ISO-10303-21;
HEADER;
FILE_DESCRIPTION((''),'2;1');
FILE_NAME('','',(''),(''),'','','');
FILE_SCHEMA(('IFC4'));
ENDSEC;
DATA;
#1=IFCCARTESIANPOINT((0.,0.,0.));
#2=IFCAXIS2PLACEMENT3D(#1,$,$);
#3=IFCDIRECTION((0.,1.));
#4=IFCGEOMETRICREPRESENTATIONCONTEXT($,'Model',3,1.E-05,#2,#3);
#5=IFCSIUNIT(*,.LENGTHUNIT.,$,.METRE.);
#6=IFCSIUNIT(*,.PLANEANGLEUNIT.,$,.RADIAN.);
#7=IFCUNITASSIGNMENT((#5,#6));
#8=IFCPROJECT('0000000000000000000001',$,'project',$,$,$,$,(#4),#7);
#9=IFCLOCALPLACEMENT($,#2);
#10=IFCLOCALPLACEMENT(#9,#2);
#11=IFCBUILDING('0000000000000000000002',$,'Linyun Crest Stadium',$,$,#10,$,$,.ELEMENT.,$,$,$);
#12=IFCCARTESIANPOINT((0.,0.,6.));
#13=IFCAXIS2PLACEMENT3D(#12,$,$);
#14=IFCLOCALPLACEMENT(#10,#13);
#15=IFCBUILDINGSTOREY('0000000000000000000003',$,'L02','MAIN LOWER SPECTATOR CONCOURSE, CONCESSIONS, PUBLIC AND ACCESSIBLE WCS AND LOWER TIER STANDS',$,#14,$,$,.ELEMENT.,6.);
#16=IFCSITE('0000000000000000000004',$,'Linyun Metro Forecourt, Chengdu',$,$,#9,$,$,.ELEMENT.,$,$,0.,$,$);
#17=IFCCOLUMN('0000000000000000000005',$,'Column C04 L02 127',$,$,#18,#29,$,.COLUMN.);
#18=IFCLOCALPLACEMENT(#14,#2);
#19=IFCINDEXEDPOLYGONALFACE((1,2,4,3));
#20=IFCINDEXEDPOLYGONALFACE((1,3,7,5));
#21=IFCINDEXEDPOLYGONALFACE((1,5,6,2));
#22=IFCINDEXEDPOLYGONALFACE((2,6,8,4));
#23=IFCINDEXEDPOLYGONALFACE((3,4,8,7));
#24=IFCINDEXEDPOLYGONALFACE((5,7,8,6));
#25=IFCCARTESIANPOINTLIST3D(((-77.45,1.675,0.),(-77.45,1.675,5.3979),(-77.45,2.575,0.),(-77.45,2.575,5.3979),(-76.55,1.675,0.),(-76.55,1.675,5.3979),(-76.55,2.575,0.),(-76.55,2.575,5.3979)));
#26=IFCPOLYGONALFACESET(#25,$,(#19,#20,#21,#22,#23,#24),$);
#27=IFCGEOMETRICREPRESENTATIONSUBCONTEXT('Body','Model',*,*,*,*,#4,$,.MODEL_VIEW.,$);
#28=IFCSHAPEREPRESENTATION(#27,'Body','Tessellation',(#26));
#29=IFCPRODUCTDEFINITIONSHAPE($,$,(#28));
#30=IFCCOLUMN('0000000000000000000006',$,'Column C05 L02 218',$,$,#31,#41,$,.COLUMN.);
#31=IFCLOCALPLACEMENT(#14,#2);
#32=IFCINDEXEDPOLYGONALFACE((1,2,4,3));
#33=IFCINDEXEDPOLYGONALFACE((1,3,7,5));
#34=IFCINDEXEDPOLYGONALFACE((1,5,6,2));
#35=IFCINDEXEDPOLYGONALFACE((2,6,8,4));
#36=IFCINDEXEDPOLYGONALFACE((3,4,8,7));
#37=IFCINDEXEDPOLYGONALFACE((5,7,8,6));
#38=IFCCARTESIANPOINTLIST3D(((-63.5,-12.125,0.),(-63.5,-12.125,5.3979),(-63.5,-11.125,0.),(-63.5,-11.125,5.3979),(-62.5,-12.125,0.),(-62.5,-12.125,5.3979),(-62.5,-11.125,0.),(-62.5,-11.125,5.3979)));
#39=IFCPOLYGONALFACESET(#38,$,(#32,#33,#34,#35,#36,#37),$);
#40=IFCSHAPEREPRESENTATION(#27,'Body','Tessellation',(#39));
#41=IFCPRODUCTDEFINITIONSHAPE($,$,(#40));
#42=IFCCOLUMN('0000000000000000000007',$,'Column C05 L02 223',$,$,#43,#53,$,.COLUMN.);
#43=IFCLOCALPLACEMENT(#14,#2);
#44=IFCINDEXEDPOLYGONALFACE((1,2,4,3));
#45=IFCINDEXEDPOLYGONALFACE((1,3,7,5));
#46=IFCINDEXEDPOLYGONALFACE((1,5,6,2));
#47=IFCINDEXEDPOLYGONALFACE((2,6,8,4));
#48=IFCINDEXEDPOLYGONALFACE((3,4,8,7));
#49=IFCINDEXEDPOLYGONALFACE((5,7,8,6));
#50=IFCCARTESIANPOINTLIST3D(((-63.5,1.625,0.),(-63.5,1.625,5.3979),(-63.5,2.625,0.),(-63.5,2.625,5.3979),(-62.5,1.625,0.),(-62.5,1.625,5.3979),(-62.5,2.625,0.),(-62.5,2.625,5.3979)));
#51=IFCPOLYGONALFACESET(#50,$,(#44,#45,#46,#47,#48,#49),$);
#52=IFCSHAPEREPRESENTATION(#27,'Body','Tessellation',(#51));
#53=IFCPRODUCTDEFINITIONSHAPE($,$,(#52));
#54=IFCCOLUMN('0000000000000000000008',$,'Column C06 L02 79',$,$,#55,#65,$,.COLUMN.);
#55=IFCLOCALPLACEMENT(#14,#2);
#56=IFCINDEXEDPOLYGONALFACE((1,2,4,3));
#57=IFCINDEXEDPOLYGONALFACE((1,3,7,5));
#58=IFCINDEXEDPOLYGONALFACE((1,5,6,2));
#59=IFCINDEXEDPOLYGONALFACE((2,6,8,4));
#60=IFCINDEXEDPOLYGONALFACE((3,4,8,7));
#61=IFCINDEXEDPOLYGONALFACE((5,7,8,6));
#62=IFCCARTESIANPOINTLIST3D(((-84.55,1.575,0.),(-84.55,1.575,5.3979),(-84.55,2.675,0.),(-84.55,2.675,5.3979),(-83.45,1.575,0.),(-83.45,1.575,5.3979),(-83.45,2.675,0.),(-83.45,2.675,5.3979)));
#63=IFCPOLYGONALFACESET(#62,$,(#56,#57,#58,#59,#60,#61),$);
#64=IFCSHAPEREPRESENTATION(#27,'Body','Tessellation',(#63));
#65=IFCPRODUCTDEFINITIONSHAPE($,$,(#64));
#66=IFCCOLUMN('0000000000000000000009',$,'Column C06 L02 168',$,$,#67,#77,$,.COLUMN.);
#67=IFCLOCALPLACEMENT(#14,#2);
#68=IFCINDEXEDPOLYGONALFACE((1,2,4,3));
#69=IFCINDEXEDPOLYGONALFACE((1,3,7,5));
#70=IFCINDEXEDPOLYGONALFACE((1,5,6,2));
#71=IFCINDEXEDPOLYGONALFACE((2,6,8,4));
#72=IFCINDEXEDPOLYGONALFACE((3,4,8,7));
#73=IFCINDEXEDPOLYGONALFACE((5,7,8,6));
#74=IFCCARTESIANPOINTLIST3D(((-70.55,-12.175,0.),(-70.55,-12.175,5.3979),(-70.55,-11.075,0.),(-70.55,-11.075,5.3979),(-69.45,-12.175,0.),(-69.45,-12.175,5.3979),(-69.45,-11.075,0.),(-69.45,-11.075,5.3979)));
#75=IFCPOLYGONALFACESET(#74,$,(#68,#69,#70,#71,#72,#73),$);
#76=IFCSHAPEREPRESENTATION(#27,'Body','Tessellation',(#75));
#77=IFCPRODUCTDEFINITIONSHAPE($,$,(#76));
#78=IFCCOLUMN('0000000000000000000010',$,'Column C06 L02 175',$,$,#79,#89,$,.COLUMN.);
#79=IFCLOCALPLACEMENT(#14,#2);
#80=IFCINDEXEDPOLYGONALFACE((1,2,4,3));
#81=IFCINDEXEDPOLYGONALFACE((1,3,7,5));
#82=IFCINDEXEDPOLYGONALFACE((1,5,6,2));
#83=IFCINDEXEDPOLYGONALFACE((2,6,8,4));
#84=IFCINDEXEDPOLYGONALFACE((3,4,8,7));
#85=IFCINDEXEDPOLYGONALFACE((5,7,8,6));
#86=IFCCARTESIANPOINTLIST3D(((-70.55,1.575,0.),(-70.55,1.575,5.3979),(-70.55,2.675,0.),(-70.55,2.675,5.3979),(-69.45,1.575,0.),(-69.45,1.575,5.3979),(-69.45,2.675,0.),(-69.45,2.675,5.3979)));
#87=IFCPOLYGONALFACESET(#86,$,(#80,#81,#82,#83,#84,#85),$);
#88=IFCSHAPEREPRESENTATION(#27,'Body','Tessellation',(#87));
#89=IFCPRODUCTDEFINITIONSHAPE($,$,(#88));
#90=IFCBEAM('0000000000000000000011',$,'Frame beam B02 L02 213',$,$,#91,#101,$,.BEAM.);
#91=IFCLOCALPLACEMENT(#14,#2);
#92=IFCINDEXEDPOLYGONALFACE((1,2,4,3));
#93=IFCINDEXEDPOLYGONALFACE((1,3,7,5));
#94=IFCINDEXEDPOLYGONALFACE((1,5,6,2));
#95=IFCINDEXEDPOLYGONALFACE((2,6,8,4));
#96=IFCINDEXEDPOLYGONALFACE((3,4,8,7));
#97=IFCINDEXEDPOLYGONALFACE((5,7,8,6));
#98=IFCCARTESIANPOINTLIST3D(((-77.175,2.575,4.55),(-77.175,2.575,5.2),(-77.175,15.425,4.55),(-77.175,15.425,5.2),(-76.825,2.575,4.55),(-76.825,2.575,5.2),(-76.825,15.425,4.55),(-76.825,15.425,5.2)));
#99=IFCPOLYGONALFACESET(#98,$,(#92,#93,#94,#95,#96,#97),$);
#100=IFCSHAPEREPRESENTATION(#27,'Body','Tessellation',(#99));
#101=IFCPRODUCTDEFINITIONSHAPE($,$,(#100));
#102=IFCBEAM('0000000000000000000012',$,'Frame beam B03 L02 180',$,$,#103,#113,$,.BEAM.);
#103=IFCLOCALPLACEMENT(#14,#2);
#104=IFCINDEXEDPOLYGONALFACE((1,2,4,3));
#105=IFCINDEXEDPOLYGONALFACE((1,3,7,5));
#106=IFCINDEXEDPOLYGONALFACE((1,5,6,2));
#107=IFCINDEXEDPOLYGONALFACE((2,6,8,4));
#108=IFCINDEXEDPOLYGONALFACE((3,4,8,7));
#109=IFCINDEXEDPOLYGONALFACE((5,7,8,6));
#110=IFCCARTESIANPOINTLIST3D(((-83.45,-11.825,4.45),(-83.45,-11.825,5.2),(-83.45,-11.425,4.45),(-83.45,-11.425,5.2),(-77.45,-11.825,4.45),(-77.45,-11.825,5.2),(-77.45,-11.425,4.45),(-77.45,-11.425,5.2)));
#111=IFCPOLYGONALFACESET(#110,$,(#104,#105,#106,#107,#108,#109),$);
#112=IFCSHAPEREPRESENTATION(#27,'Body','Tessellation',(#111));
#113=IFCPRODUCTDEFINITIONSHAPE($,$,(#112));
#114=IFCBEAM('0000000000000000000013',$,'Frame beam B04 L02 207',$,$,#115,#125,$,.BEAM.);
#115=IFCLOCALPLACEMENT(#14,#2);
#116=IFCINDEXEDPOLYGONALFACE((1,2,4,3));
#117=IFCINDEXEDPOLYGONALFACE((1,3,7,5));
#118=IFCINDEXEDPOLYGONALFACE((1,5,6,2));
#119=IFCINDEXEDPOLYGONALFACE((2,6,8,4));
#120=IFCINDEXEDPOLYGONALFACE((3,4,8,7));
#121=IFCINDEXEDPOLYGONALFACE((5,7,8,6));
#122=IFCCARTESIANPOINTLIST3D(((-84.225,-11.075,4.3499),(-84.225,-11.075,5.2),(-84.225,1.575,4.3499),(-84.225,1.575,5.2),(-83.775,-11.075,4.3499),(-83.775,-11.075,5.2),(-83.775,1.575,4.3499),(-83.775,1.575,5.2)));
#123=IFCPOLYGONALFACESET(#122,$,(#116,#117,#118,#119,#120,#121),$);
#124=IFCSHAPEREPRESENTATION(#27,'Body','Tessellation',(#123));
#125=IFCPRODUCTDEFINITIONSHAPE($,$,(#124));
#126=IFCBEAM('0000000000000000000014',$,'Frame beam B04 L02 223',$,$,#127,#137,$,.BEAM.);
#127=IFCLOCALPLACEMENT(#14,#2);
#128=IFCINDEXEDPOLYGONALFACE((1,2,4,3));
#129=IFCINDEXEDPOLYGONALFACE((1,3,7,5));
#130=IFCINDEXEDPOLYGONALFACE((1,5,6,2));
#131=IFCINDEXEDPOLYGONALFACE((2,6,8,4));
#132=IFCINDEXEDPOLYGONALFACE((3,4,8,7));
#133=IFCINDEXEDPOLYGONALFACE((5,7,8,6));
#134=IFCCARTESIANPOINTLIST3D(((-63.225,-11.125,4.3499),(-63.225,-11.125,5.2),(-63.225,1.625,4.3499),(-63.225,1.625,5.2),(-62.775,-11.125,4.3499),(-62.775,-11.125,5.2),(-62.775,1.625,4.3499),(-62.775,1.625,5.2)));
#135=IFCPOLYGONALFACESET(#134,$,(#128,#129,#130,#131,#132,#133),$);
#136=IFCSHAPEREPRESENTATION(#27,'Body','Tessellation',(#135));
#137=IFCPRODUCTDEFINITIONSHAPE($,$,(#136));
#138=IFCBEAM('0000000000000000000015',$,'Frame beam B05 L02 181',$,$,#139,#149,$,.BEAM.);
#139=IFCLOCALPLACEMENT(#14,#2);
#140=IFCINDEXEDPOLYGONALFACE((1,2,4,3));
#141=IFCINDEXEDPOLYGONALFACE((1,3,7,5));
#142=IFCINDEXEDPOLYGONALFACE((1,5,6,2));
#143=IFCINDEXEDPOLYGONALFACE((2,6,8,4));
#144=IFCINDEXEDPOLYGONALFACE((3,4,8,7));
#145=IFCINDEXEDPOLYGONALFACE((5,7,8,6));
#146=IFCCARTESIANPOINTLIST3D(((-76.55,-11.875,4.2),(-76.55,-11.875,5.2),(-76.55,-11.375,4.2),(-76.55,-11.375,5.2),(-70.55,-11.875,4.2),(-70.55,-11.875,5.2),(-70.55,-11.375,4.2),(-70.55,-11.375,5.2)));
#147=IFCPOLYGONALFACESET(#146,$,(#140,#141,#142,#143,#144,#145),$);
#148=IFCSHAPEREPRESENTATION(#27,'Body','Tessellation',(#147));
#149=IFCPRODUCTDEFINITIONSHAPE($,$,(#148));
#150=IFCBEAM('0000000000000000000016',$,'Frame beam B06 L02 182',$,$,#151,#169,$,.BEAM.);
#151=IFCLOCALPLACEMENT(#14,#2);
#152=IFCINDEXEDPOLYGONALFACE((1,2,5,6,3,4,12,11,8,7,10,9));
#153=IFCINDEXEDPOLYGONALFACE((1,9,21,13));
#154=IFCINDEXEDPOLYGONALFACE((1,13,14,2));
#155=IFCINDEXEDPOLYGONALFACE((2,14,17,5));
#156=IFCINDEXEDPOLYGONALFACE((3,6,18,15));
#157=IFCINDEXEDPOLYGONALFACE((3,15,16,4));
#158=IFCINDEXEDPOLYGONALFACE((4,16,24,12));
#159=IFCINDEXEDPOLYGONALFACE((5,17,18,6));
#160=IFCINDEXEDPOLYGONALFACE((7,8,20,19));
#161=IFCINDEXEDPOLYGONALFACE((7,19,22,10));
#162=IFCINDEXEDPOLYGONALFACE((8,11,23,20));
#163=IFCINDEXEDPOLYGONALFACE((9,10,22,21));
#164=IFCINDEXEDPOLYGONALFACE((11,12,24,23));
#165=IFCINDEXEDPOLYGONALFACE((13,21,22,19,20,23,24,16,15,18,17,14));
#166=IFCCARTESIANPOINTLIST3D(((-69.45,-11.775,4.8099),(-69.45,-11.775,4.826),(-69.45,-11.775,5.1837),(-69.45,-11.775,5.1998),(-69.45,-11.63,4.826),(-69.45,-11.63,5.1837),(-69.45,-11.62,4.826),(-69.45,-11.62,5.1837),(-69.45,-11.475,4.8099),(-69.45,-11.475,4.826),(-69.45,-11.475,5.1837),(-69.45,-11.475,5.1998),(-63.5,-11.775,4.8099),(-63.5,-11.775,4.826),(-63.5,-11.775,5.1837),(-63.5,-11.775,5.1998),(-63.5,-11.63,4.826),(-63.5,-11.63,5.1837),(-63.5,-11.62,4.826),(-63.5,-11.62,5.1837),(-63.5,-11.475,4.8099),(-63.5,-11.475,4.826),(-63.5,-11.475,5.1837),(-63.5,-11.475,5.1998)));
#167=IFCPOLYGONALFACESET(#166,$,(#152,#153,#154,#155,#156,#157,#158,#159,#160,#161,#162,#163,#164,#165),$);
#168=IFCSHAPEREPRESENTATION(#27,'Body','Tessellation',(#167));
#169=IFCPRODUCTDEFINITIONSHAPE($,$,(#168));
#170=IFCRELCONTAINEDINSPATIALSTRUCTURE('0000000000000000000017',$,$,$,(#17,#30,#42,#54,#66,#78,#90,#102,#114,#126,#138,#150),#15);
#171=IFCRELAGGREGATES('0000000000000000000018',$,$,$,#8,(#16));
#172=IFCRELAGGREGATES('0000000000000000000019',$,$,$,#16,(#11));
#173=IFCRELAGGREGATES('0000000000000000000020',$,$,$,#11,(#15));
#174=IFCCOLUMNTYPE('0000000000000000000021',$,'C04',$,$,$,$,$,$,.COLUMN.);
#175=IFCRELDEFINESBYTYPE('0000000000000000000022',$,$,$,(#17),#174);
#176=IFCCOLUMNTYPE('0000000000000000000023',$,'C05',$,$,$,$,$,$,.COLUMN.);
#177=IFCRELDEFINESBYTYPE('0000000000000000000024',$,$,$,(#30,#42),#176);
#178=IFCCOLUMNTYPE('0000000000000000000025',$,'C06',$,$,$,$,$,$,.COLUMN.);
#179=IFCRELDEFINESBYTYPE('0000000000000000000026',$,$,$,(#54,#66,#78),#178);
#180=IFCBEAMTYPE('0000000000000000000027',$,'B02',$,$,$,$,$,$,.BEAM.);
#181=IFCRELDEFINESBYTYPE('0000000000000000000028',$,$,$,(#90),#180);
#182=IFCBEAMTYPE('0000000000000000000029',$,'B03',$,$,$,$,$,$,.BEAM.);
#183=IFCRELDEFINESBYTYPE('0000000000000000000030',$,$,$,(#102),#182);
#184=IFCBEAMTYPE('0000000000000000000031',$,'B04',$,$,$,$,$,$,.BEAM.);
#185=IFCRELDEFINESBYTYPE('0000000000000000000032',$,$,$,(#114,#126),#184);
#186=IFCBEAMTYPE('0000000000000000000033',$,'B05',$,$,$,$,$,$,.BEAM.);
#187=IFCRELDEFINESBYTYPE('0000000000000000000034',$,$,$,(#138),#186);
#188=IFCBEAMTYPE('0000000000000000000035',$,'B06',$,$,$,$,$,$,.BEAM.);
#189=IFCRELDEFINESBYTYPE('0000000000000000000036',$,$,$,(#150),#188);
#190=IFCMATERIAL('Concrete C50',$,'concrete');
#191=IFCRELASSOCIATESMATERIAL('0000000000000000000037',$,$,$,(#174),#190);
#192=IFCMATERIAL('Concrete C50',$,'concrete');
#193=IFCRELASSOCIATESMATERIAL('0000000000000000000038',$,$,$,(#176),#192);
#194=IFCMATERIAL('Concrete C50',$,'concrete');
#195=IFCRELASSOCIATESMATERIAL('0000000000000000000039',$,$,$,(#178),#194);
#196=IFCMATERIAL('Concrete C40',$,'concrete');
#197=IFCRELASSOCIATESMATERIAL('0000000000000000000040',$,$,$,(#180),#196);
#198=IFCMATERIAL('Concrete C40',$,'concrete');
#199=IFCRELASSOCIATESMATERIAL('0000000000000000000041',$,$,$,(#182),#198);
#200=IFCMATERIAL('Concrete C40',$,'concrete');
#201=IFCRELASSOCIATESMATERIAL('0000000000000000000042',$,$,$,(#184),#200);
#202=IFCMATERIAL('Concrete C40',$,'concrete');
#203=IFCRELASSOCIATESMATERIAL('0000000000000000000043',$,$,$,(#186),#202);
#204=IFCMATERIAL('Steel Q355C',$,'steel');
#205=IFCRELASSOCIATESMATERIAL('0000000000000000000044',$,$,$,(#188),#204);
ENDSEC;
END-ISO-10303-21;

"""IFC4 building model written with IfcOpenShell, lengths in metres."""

from ifc_helpers import new_model, si_unit, direction, frame, origin, origin_2d, place, context, subcontext, project, spatial, rectangle, i_section, extrude, material, material_profile, profile_set, type_object, element, save


model = new_model("IFC4")

# Units and contexts
model_context = context("Model", 3, precision=1e-05, world=origin(), true_north=direction((0.0, 1.0)))
body_context = subcontext(model_context, "Body", "Model", "MODEL_VIEW")
ifc_project = project(units=[si_unit("LENGTHUNIT", "METRE"), si_unit("PLANEANGLEUNIT", "RADIAN")], contexts=[model_context])

# Site, building, storey
site_placement = place(None, origin())
site = spatial("IfcSite", under=ifc_project, at=site_placement, Name="Linyun Metro Forecourt, Chengdu", CompositionType="ELEMENT", RefElevation=0.0)
building_placement = place(site_placement, origin())
building = spatial("IfcBuilding", under=site, at=building_placement, Name="Linyun Crest Stadium", CompositionType="ELEMENT")
storey_placement = place(building_placement, frame((0.0, 0.0, 6.0)))
storey = spatial("IfcBuildingStorey", under=building, at=storey_placement, Name="L02", Description="MAIN LOWER SPECTATOR CONCOURSE, CONCESSIONS, PUBLIC AND ACCESSIBLE WCS AND LOWER TIER STANDS", CompositionType="ELEMENT", Elevation=6.0)

# Columns
ifc_material_1 = material(Name="Concrete C50", Category="concrete")
ifc_material_profile_1 = material_profile(ifc_material_1, rectangle(XDim=0.8999, YDim=0.8999, at=origin_2d()), Name="RC 900x900")
ifc_profile_set_1 = profile_set([ifc_material_profile_1], Name="Concrete C50")
column_type_1 = type_object("IfcColumnType", Name="C04", PredefinedType="COLUMN", material=ifc_profile_set_1)
column_placement = place(storey_placement, frame((-77.0, 2.125, 0.0), z_axis=(0.0, 0.0, 1.0), x_axis=(1.0, 0.0, 0.0)))
element("IfcColumn", 1, at=column_placement, inside=storey, type_object=column_type_1, Name="Column C04 L02 127", PredefinedType="COLUMN", context=body_context, shape_type="SweptSolid", body=[
    extrude(rectangle(XDim=0.8999, YDim=0.8999, at=origin_2d()), origin(), (0.0, 0.0, 1.0), 5.3979),
])
ifc_material_2 = material(Name="Concrete C50", Category="concrete")
ifc_material_profile_2 = material_profile(ifc_material_2, rectangle(XDim=1.0, YDim=1.0, at=origin_2d()), Name="RC 1000x1000")
ifc_profile_set_2 = profile_set([ifc_material_profile_2], Name="Concrete C50")
column_type_2 = type_object("IfcColumnType", Name="C05", PredefinedType="COLUMN", material=ifc_profile_set_2)
for number, where, z_axis, x_axis, name in (
    (2, (-63.0, -11.625, 0.0), (0.0, 0.0, 1.0), (1.0, 0.0, 0.0), "Column C05 L02 218"),
    (3, (-63.0, 2.125, 0.0), (0.0, 0.0, 1.0), (1.0, 0.0, 0.0), "Column C05 L02 223"),
):
    element("IfcColumn", number, at=place(storey_placement, frame(where, z_axis=z_axis, x_axis=x_axis)), inside=storey, type_object=column_type_2, Name=name, PredefinedType="COLUMN", context=body_context, shape_type="SweptSolid", body=[
        extrude(rectangle(XDim=1.0, YDim=1.0, at=origin_2d()), origin(), (0.0, 0.0, 1.0), 5.3979),
    ])
ifc_material_3 = material(Name="Concrete C50", Category="concrete")
ifc_material_profile_3 = material_profile(ifc_material_3, rectangle(XDim=1.1001, YDim=1.1001, at=origin_2d()), Name="RC 1100x1100")
ifc_profile_set_3 = profile_set([ifc_material_profile_3], Name="Concrete C50")
column_type_3 = type_object("IfcColumnType", Name="C06", PredefinedType="COLUMN", material=ifc_profile_set_3)
for number, where, z_axis, x_axis, name in (
    (4, (-84.0, 2.125, 0.0), (0.0, 0.0, 1.0), (1.0, 0.0, 0.0), "Column C06 L02 79"),
    (5, (-70.0, -11.625, 0.0), (0.0, 0.0, 1.0), (1.0, 0.0, 0.0), "Column C06 L02 168"),
    (6, (-70.0, 2.125, 0.0), (0.0, 0.0, 1.0), (1.0, 0.0, 0.0), "Column C06 L02 175"),
):
    element("IfcColumn", number, at=place(storey_placement, frame(where, z_axis=z_axis, x_axis=x_axis)), inside=storey, type_object=column_type_3, Name=name, PredefinedType="COLUMN", context=body_context, shape_type="SweptSolid", body=[
        extrude(rectangle(XDim=1.1001, YDim=1.1001, at=origin_2d()), origin(), (0.0, 0.0, 1.0), 5.3979),
    ])

# Beams
ifc_material_4 = material(Name="Concrete C40", Category="concrete")
ifc_material_profile_4 = material_profile(ifc_material_4, rectangle(XDim=0.3501, YDim=0.6499, at=origin_2d()), Name="RCB 650x350")
ifc_profile_set_4 = profile_set([ifc_material_profile_4], Name="Concrete C40")
beam_type_1 = type_object("IfcBeamType", Name="B02", PredefinedType="BEAM", material=ifc_profile_set_4)
beam_1_placement = place(storey_placement, frame((-77.0, 2.575, 4.875), z_axis=(0.0, 1.0, 0.0), x_axis=(-1.0, 0.0, 0.0)))
element("IfcBeam", 7, at=beam_1_placement, inside=storey, type_object=beam_type_1, Name="Frame beam B02 L02 213", PredefinedType="BEAM", context=body_context, shape_type="SweptSolid", body=[
    extrude(rectangle(XDim=0.3501, YDim=0.6499, at=origin_2d()), origin(), (0.0, 0.0, 1.0), 12.8501),
])
ifc_material_5 = material(Name="Concrete C40", Category="concrete")
ifc_material_profile_5 = material_profile(ifc_material_5, rectangle(XDim=0.3999, YDim=0.75, at=origin_2d()), Name="RCB 750x400")
ifc_profile_set_5 = profile_set([ifc_material_profile_5], Name="Concrete C40")
beam_type_2 = type_object("IfcBeamType", Name="B03", PredefinedType="BEAM", material=ifc_profile_set_5)
beam_2_placement = place(storey_placement, frame((-83.45, -11.625, 4.825), z_axis=(1.0, 0.0, 0.0), x_axis=(0.0, 1.0, 0.0)))
element("IfcBeam", 8, at=beam_2_placement, inside=storey, type_object=beam_type_2, Name="Frame beam B03 L02 180", PredefinedType="BEAM", context=body_context, shape_type="SweptSolid", body=[
    extrude(rectangle(XDim=0.3999, YDim=0.75, at=origin_2d()), origin(), (0.0, 0.0, 1.0), 6.0),
])
ifc_material_6 = material(Name="Concrete C40", Category="concrete")
ifc_material_profile_6 = material_profile(ifc_material_6, rectangle(XDim=0.45, YDim=0.8501, at=origin_2d()), Name="RCB 850x450")
ifc_profile_set_6 = profile_set([ifc_material_profile_6], Name="Concrete C40")
beam_type_3 = type_object("IfcBeamType", Name="B04", PredefinedType="BEAM", material=ifc_profile_set_6)
beam_3_placement = place(storey_placement, frame((-84.0, -11.075, 4.7749), z_axis=(0.0, 1.0, 0.0), x_axis=(-1.0, 0.0, 0.0)))
element("IfcBeam", 9, at=beam_3_placement, inside=storey, type_object=beam_type_3, Name="Frame beam B04 L02 207", PredefinedType="BEAM", context=body_context, shape_type="SweptSolid", body=[
    extrude(rectangle(XDim=0.45, YDim=0.8501, at=origin_2d()), origin(), (0.0, 0.0, 1.0), 12.6499),
])
beam_4_placement = place(storey_placement, frame((-63.0, -11.125, 4.7749), z_axis=(0.0, 1.0, 0.0), x_axis=(-1.0, 0.0, 0.0)))
element("IfcBeam", 10, at=beam_4_placement, inside=storey, type_object=beam_type_3, Name="Frame beam B04 L02 223", PredefinedType="BEAM", context=body_context, shape_type="SweptSolid", body=[
    extrude(rectangle(XDim=0.45, YDim=0.8501, at=origin_2d()), origin(), (0.0, 0.0, 1.0), 12.75),
])
ifc_material_7 = material(Name="Concrete C40", Category="concrete")
ifc_material_profile_7 = material_profile(ifc_material_7, rectangle(XDim=0.5, YDim=1.0, at=origin_2d()), Name="RCB 1000x500")
ifc_profile_set_7 = profile_set([ifc_material_profile_7], Name="Concrete C40")
beam_type_4 = type_object("IfcBeamType", Name="B05", PredefinedType="BEAM", material=ifc_profile_set_7)
beam_5_placement = place(storey_placement, frame((-76.55, -11.625, 4.7), z_axis=(1.0, 0.0, 0.0), x_axis=(0.0, 1.0, 0.0)))
element("IfcBeam", 11, at=beam_5_placement, inside=storey, type_object=beam_type_4, Name="Frame beam B05 L02 181", PredefinedType="BEAM", context=body_context, shape_type="SweptSolid", body=[
    extrude(rectangle(XDim=0.5, YDim=1.0, at=origin_2d()), origin(), (0.0, 0.0, 1.0), 6.0),
])
ifc_material_8 = material(Name="Steel Q355C", Category="steel")
ifc_material_profile_8 = material_profile(ifc_material_8, i_section(OverallWidth=0.3, OverallDepth=0.3899, WebThickness=0.01, FlangeThickness=0.0161, at=origin_2d()), Name="HM 390x300")
ifc_profile_set_8 = profile_set([ifc_material_profile_8], Name="Steel Q355C")
beam_type_5 = type_object("IfcBeamType", Name="B06", PredefinedType="BEAM", material=ifc_profile_set_8)
beam_6_placement = place(storey_placement, frame((-69.45, -11.625, 5.0049), z_axis=(1.0, 0.0, 0.0), x_axis=(0.0, 1.0, 0.0)))
element("IfcBeam", 12, at=beam_6_placement, inside=storey, type_object=beam_type_5, Name="Frame beam B06 L02 182", PredefinedType="BEAM", context=body_context, shape_type="SweptSolid", body=[
    extrude(i_section(OverallWidth=0.3, OverallDepth=0.3899, WebThickness=0.01, FlangeThickness=0.0161, at=origin_2d()), origin(), (0.0, 0.0, 1.0), 5.95),
])

save(model, "model.ifc")
